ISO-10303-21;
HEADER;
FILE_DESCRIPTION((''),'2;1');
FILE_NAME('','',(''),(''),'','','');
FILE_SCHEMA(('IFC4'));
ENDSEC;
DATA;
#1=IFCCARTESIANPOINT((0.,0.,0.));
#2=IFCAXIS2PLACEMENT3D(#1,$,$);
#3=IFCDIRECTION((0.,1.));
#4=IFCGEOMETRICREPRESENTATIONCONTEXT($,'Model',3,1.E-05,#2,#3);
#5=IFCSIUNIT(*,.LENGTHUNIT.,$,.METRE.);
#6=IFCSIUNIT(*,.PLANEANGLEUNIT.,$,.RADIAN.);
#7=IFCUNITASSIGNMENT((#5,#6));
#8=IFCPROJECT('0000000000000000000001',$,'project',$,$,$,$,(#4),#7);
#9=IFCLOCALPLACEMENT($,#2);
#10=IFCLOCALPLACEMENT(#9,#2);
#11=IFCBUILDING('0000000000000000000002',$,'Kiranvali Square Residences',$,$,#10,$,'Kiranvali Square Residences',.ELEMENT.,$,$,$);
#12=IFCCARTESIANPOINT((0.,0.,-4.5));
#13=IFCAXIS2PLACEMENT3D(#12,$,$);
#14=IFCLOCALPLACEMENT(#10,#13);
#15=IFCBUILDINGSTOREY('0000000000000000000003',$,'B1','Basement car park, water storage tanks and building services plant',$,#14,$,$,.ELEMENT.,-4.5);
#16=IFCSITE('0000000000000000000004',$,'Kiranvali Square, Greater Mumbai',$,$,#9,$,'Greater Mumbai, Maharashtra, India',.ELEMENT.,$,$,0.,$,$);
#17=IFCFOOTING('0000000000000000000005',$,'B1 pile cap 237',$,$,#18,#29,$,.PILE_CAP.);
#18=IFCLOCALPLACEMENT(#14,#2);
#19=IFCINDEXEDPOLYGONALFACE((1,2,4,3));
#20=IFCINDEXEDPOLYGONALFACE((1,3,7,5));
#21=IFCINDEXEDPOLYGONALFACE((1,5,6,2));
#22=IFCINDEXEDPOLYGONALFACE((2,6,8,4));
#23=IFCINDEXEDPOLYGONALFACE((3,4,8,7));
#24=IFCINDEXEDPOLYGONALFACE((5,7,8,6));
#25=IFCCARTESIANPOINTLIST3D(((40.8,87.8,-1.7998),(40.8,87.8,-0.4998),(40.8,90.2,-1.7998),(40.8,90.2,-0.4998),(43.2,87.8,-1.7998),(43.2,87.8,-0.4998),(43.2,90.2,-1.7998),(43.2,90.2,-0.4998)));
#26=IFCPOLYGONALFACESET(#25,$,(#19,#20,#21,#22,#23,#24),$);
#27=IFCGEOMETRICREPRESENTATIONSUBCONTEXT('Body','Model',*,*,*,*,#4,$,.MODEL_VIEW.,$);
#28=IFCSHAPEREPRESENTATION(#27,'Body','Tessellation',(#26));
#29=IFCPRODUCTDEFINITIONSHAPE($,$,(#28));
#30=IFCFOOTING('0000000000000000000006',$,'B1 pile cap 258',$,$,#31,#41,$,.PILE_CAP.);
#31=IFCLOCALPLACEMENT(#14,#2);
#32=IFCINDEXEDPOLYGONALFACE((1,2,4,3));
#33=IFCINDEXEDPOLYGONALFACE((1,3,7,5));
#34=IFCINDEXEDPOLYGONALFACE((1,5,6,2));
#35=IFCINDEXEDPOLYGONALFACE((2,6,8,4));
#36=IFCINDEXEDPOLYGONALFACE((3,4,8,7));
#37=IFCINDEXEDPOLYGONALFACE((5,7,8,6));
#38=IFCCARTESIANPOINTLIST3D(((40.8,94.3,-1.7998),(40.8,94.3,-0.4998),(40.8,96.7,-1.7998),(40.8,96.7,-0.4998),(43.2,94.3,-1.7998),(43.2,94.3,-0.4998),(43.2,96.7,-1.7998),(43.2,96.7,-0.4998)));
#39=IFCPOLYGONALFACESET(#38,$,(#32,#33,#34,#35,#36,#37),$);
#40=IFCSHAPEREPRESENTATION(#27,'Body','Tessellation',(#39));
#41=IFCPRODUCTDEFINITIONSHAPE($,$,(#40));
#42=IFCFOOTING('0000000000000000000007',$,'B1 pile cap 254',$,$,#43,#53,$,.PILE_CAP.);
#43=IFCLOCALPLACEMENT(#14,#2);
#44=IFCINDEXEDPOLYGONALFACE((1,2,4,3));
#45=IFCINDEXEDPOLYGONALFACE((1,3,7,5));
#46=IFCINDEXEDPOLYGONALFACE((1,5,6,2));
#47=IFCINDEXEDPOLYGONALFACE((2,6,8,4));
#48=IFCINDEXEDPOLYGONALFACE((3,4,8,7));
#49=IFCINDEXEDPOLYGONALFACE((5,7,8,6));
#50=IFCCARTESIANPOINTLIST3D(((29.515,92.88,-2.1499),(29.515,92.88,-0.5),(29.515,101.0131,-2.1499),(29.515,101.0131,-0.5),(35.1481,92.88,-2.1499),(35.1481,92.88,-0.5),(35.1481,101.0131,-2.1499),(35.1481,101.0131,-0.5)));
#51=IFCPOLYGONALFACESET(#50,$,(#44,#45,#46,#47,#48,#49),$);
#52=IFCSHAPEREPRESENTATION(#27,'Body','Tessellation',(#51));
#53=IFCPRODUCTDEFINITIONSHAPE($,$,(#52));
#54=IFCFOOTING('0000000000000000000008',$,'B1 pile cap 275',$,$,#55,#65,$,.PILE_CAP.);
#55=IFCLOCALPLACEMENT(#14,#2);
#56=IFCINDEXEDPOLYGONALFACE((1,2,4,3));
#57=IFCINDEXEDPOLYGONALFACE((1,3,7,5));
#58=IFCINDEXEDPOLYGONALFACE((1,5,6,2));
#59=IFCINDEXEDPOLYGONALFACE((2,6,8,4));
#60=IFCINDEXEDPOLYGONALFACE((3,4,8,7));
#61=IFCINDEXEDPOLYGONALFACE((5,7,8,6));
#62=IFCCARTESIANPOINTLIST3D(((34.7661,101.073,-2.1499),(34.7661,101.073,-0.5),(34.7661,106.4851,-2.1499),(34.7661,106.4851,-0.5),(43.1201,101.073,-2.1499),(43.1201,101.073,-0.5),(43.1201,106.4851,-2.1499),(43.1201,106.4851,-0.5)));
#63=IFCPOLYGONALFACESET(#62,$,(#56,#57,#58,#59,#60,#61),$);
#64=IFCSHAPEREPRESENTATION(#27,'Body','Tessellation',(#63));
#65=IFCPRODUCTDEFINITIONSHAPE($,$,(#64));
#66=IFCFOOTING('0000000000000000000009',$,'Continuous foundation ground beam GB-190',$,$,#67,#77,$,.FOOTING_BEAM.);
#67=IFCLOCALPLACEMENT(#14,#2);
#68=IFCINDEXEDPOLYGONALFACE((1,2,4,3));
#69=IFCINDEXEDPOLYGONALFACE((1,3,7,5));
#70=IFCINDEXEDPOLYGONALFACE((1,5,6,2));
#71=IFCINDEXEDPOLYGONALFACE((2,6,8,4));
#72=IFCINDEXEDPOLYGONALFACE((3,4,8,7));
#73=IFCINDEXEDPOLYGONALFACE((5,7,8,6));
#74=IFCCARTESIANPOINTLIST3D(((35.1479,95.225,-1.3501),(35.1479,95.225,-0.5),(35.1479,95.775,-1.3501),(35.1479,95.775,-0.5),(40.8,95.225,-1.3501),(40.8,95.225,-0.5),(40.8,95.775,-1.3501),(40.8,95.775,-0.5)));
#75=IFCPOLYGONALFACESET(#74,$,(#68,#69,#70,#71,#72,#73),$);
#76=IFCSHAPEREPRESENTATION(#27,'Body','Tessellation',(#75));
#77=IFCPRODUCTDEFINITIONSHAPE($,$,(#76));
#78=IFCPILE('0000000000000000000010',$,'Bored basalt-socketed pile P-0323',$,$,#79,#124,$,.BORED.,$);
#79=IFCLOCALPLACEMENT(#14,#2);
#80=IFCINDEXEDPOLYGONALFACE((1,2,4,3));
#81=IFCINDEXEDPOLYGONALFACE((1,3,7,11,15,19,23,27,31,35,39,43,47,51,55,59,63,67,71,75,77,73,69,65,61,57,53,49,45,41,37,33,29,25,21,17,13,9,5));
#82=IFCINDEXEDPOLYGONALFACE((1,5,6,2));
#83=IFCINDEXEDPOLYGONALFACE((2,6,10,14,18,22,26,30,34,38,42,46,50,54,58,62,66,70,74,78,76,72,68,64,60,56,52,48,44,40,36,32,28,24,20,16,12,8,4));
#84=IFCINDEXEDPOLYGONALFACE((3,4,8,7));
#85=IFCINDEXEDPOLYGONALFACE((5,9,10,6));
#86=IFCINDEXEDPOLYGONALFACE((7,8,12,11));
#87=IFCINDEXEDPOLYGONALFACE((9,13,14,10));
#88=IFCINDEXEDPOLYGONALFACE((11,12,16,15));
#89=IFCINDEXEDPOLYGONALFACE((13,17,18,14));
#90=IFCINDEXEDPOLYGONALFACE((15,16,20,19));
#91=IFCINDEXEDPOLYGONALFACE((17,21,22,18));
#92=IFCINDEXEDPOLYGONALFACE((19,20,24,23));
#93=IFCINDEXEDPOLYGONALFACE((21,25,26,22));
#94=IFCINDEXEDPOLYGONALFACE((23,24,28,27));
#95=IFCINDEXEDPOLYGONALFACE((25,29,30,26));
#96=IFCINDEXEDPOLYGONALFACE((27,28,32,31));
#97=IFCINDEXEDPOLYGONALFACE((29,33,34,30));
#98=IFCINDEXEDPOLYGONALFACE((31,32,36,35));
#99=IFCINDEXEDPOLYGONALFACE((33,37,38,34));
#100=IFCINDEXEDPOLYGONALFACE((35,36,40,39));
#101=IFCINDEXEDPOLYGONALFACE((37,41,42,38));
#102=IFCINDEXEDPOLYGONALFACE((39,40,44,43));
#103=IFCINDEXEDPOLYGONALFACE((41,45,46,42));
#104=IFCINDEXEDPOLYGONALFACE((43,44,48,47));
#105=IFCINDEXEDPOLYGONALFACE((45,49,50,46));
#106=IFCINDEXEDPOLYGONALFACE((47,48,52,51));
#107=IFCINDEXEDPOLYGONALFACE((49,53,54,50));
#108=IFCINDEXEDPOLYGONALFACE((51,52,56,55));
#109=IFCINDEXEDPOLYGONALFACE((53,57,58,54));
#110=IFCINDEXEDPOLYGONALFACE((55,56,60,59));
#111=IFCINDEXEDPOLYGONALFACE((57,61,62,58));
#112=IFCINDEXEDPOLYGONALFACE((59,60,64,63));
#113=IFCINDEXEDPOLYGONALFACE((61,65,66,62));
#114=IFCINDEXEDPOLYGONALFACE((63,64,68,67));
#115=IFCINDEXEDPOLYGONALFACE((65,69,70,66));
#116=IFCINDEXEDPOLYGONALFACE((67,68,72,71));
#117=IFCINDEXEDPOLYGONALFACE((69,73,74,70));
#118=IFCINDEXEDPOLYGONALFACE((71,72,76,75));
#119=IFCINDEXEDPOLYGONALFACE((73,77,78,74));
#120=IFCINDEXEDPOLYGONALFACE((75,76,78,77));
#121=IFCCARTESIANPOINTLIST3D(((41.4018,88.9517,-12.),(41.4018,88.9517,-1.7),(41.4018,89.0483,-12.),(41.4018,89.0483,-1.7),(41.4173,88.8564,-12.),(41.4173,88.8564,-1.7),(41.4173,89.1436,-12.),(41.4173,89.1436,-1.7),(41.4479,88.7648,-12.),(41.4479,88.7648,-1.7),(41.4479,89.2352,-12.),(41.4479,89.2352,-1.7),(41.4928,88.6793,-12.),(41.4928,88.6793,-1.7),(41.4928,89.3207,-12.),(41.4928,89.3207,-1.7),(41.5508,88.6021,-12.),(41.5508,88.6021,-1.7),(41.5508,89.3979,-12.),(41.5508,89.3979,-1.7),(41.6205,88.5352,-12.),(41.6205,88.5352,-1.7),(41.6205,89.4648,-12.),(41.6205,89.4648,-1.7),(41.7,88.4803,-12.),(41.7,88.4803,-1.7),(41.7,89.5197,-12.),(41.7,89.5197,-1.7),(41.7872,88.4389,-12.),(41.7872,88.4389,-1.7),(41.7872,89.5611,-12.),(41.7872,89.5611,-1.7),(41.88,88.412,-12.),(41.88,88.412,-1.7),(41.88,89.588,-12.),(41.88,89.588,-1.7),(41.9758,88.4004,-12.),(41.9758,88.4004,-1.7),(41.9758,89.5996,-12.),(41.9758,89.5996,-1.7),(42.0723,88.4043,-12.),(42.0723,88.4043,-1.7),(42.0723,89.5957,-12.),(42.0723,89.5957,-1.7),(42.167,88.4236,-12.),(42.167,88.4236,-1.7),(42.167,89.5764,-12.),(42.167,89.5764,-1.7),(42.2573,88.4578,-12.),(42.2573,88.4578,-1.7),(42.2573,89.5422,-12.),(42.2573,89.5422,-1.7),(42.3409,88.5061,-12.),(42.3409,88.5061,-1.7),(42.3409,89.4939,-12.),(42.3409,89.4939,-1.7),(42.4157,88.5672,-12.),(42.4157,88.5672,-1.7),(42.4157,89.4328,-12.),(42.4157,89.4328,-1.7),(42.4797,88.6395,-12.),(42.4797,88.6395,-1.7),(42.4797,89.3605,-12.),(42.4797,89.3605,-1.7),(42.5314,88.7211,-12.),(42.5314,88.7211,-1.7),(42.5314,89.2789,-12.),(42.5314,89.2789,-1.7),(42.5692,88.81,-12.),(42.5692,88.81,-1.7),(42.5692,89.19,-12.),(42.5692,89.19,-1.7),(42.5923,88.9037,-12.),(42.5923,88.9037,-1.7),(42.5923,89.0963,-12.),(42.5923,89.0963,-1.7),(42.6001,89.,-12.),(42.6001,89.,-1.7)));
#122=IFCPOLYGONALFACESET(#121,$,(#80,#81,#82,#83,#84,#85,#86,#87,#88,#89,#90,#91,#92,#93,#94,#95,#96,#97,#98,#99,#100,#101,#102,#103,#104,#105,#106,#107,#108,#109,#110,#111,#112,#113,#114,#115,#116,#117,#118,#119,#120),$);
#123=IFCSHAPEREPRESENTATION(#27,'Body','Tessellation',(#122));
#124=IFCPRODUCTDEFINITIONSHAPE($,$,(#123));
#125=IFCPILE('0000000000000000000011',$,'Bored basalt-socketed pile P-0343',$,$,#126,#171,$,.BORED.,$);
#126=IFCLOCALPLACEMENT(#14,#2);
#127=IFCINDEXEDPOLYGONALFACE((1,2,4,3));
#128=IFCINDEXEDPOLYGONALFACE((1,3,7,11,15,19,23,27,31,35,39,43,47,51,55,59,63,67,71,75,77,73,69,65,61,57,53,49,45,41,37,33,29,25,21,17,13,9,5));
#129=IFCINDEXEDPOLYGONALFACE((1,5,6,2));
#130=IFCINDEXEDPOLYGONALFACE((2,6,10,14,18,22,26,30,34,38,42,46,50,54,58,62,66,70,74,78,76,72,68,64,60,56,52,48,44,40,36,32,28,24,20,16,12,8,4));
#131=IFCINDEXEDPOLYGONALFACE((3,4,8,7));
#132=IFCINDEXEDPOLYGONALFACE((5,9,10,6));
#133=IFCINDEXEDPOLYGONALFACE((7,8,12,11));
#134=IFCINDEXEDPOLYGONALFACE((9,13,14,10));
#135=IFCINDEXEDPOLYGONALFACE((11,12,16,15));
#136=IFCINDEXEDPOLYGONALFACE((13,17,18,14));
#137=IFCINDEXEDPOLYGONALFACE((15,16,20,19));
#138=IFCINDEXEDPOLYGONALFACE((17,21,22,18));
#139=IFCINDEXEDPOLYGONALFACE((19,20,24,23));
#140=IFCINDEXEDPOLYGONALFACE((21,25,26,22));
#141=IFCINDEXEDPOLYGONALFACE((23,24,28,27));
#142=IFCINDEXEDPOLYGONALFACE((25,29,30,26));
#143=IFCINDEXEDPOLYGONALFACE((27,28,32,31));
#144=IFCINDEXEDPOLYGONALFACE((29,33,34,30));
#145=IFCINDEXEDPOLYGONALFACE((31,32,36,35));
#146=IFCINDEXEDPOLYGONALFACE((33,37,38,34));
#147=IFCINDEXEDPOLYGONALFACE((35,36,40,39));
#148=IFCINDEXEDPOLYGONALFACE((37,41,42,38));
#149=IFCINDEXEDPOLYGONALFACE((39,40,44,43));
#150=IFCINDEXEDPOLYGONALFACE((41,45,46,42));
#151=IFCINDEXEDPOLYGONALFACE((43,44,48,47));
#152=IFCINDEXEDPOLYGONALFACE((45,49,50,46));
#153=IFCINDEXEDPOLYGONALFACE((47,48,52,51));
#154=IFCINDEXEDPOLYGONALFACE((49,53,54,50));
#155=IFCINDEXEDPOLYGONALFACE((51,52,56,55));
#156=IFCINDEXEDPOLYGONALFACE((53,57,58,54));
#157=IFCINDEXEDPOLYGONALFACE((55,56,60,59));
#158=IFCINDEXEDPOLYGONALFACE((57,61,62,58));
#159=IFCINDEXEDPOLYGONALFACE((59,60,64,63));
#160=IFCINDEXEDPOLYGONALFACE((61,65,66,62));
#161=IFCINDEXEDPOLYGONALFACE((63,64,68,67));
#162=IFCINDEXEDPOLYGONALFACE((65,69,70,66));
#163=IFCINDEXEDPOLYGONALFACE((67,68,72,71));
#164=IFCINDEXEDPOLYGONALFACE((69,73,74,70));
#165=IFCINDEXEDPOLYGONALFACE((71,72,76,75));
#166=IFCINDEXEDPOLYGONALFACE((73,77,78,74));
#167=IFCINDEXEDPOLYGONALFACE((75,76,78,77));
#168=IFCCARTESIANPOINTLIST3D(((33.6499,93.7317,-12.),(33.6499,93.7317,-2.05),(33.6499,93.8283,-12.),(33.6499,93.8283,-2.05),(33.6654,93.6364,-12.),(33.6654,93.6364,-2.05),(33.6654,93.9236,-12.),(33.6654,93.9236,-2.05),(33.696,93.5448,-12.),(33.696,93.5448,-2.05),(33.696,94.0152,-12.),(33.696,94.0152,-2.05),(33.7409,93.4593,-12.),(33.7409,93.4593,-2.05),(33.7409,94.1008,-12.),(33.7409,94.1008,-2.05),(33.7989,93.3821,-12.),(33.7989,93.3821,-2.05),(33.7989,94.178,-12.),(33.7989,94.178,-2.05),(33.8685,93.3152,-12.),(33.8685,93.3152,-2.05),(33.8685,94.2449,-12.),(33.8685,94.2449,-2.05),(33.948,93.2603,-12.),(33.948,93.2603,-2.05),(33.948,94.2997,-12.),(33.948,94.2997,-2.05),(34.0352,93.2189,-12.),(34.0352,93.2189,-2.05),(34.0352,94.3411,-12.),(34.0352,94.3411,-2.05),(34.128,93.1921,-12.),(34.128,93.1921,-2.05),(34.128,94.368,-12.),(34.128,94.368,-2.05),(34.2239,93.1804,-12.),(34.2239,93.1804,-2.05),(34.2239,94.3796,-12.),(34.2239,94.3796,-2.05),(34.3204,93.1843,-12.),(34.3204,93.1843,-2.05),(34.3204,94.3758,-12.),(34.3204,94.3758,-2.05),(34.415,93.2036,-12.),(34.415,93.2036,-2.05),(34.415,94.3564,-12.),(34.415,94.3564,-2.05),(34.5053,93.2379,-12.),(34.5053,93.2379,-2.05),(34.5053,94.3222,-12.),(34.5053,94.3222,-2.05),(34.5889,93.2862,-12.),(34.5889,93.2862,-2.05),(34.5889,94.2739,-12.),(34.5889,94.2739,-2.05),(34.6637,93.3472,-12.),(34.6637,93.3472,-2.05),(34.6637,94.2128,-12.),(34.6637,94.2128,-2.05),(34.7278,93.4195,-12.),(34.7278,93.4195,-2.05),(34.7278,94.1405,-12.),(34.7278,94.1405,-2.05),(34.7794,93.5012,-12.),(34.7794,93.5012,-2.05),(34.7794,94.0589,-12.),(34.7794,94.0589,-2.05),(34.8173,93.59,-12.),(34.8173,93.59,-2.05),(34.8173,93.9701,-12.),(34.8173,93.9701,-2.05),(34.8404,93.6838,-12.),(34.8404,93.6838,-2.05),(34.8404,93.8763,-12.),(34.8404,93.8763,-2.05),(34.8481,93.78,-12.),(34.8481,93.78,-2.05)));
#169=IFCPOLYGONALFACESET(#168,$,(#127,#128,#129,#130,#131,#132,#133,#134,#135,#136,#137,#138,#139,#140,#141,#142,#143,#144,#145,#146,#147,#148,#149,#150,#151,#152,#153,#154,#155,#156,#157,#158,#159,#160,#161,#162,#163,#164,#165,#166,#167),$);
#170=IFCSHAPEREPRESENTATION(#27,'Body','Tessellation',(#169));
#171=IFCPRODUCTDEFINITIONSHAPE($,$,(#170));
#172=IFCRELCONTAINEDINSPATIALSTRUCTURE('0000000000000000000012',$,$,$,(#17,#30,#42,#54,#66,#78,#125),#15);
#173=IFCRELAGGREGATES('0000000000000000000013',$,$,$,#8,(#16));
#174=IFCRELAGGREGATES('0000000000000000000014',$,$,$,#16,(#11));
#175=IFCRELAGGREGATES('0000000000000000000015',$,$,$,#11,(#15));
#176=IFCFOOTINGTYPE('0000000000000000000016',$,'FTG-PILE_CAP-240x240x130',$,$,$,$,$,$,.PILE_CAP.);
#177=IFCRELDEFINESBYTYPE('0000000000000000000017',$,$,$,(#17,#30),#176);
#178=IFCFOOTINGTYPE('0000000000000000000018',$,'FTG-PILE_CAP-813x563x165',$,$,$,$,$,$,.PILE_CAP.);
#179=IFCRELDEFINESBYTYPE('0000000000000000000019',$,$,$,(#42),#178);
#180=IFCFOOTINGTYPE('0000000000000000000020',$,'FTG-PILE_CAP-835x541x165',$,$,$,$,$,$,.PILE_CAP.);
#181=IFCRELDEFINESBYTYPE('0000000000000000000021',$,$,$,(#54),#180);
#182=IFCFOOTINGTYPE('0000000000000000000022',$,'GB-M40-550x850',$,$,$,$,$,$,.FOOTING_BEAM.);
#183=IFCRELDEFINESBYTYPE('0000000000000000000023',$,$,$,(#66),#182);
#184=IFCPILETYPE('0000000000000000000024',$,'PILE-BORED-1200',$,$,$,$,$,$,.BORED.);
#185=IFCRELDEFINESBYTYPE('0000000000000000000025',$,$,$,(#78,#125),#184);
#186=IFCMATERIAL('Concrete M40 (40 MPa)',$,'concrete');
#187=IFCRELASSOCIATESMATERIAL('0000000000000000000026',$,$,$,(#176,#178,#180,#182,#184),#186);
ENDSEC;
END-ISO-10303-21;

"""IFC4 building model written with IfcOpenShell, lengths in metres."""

from ifc_helpers import new_model, si_unit, direction, frame, origin, origin_2d, place, context, subcontext, project, spatial, rectangle, circle, extrude, material, material_profile, profile_set, type_object, element, save


model = new_model("IFC4")

# Units and contexts
model_context = context("Model", 3, precision=1e-05, world=origin(), true_north=direction((0.0, 1.0)))
body_context = subcontext(model_context, "Body", "Model", "MODEL_VIEW")
ifc_project = project(units=[si_unit("LENGTHUNIT", "METRE"), si_unit("PLANEANGLEUNIT", "RADIAN")], contexts=[model_context])

# Site, building, storey
site_placement = place(None, origin())
site = spatial("IfcSite", under=ifc_project, at=site_placement, Name="Kiranvali Square, Greater Mumbai", LongName="Greater Mumbai, Maharashtra, India", CompositionType="ELEMENT", RefElevation=0.0)
building_placement = place(site_placement, origin())
building = spatial("IfcBuilding", under=site, at=building_placement, Name="Kiranvali Square Residences", LongName="Kiranvali Square Residences", CompositionType="ELEMENT")
storey_placement = place(building_placement, frame((0.0, 0.0, -4.5)))
storey = spatial("IfcBuildingStorey", under=building, at=storey_placement, Name="B1", Description="Basement car park, water storage tanks and building services plant", CompositionType="ELEMENT", Elevation=-4.5)

# Footings
ifc_material_1 = material(Name="Concrete M40 (40 MPa)", Category="concrete")
footing_type_1 = type_object("IfcFootingType", Name="FTG-PILE_CAP-240x240x130", PredefinedType="PILE_CAP", material=ifc_material_1)
for number, where, z_axis, x_axis, name in (
    (1, (42.0, 89.0, -1.7998), (0.0, 0.0, 1.0), (1.0, 0.0, 0.0), "B1 pile cap 237"),
    (2, (42.0, 95.5, -1.7998), (0.0, 0.0, 1.0), (1.0, 0.0, 0.0), "B1 pile cap 258"),
):
    element("IfcFooting", number, at=place(storey_placement, frame(where, z_axis=z_axis, x_axis=x_axis)), inside=storey, type_object=footing_type_1, Name=name, PredefinedType="PILE_CAP", context=body_context, shape_type="SweptSolid", body=[
        extrude(rectangle(XDim=2.3999, YDim=2.3999, at=origin_2d()), origin(), (0.0, 0.0, 1.0), 1.3),
    ])
footing_type_2 = type_object("IfcFootingType", Name="FTG-PILE_CAP-813x563x165", PredefinedType="PILE_CAP", material=ifc_material_1)
footing_1_placement = place(storey_placement, frame((32.3315, 96.9465, -2.1499), z_axis=(0.0, 0.0, 1.0), x_axis=(0.0, 1.0, 0.0)))
element("IfcFooting", 3, at=footing_1_placement, inside=storey, type_object=footing_type_2, Name="B1 pile cap 254", PredefinedType="PILE_CAP", context=body_context, shape_type="SweptSolid", body=[
    extrude(rectangle(XDim=8.1331, YDim=5.6331, at=origin_2d()), origin(), (0.0, 0.0, 1.0), 1.6499),
])
footing_type_3 = type_object("IfcFootingType", Name="FTG-PILE_CAP-835x541x165", PredefinedType="PILE_CAP", material=ifc_material_1)
footing_2_placement = place(storey_placement, frame((38.9431, 103.7791, -2.1499), z_axis=(0.0, 0.0, 1.0), x_axis=(1.0, 0.0, 0.0)))
element("IfcFooting", 4, at=footing_2_placement, inside=storey, type_object=footing_type_3, Name="B1 pile cap 275", PredefinedType="PILE_CAP", context=body_context, shape_type="SweptSolid", body=[
    extrude(rectangle(XDim=8.354, YDim=5.4121, at=origin_2d()), origin(), (0.0, 0.0, 1.0), 1.6499),
])
ifc_material_profile_1 = material_profile(ifc_material_1, rectangle(XDim=0.55, YDim=0.8501, at=origin_2d()), Name="GB 550x850")
ifc_profile_set_1 = profile_set([ifc_material_profile_1], Name="Concrete M40 (40 MPa)")
footing_type_4 = type_object("IfcFootingType", Name="GB-M40-550x850", PredefinedType="FOOTING_BEAM", material=ifc_profile_set_1)
footing_3_placement = place(storey_placement, frame((35.1479, 95.5, -0.925), z_axis=(1.0, 0.0, 0.0), x_axis=(0.0, 1.0, 0.0)))
element("IfcFooting", 5, at=footing_3_placement, inside=storey, type_object=footing_type_4, Name="Continuous foundation ground beam GB-190", PredefinedType="FOOTING_BEAM", context=body_context, shape_type="SweptSolid", body=[
    extrude(rectangle(XDim=0.55, YDim=0.8501, at=origin_2d()), origin(), (0.0, 0.0, 1.0), 5.6521),
])

# Piles
ifc_material_profile_2 = material_profile(ifc_material_1, circle(Radius=0.6001, at=origin_2d()), Name="BORED PILE 1200")
ifc_profile_set_2 = profile_set([ifc_material_profile_2], Name="Concrete M40 (40 MPa)")
pile_type = type_object("IfcPileType", Name="PILE-BORED-1200", PredefinedType="BORED", material=ifc_profile_set_2)
pile_1_placement = place(storey_placement, frame((42.0, 89.0, -1.7), z_axis=(0.0, 0.0, -1.0), x_axis=(1.0, 0.0, 0.0)))
element("IfcPile", 6, at=pile_1_placement, inside=storey, type_object=pile_type, Name="Bored basalt-socketed pile P-0323", PredefinedType="BORED", context=body_context, shape_type="SweptSolid", body=[
    extrude(circle(Radius=0.6001, at=origin_2d()), origin(), (0.0, 0.0, 1.0), 10.3),
])
for number, where, z_axis, x_axis, name in (
    (7, (34.248, 93.78, -2.05), (0.0, 0.0, -1.0), (1.0, 0.0, 0.0), "Bored basalt-socketed pile P-0343"),
):
    element("IfcPile", number, at=place(storey_placement, frame(where, z_axis=z_axis, x_axis=x_axis)), inside=storey, type_object=pile_type, Name=name, PredefinedType="BORED", context=body_context, shape_type="SweptSolid", body=[
        extrude(circle(Radius=0.6001, at=origin_2d()), origin(), (0.0, 0.0, 1.0), 9.95),
    ])

save(model, "model.ifc")
